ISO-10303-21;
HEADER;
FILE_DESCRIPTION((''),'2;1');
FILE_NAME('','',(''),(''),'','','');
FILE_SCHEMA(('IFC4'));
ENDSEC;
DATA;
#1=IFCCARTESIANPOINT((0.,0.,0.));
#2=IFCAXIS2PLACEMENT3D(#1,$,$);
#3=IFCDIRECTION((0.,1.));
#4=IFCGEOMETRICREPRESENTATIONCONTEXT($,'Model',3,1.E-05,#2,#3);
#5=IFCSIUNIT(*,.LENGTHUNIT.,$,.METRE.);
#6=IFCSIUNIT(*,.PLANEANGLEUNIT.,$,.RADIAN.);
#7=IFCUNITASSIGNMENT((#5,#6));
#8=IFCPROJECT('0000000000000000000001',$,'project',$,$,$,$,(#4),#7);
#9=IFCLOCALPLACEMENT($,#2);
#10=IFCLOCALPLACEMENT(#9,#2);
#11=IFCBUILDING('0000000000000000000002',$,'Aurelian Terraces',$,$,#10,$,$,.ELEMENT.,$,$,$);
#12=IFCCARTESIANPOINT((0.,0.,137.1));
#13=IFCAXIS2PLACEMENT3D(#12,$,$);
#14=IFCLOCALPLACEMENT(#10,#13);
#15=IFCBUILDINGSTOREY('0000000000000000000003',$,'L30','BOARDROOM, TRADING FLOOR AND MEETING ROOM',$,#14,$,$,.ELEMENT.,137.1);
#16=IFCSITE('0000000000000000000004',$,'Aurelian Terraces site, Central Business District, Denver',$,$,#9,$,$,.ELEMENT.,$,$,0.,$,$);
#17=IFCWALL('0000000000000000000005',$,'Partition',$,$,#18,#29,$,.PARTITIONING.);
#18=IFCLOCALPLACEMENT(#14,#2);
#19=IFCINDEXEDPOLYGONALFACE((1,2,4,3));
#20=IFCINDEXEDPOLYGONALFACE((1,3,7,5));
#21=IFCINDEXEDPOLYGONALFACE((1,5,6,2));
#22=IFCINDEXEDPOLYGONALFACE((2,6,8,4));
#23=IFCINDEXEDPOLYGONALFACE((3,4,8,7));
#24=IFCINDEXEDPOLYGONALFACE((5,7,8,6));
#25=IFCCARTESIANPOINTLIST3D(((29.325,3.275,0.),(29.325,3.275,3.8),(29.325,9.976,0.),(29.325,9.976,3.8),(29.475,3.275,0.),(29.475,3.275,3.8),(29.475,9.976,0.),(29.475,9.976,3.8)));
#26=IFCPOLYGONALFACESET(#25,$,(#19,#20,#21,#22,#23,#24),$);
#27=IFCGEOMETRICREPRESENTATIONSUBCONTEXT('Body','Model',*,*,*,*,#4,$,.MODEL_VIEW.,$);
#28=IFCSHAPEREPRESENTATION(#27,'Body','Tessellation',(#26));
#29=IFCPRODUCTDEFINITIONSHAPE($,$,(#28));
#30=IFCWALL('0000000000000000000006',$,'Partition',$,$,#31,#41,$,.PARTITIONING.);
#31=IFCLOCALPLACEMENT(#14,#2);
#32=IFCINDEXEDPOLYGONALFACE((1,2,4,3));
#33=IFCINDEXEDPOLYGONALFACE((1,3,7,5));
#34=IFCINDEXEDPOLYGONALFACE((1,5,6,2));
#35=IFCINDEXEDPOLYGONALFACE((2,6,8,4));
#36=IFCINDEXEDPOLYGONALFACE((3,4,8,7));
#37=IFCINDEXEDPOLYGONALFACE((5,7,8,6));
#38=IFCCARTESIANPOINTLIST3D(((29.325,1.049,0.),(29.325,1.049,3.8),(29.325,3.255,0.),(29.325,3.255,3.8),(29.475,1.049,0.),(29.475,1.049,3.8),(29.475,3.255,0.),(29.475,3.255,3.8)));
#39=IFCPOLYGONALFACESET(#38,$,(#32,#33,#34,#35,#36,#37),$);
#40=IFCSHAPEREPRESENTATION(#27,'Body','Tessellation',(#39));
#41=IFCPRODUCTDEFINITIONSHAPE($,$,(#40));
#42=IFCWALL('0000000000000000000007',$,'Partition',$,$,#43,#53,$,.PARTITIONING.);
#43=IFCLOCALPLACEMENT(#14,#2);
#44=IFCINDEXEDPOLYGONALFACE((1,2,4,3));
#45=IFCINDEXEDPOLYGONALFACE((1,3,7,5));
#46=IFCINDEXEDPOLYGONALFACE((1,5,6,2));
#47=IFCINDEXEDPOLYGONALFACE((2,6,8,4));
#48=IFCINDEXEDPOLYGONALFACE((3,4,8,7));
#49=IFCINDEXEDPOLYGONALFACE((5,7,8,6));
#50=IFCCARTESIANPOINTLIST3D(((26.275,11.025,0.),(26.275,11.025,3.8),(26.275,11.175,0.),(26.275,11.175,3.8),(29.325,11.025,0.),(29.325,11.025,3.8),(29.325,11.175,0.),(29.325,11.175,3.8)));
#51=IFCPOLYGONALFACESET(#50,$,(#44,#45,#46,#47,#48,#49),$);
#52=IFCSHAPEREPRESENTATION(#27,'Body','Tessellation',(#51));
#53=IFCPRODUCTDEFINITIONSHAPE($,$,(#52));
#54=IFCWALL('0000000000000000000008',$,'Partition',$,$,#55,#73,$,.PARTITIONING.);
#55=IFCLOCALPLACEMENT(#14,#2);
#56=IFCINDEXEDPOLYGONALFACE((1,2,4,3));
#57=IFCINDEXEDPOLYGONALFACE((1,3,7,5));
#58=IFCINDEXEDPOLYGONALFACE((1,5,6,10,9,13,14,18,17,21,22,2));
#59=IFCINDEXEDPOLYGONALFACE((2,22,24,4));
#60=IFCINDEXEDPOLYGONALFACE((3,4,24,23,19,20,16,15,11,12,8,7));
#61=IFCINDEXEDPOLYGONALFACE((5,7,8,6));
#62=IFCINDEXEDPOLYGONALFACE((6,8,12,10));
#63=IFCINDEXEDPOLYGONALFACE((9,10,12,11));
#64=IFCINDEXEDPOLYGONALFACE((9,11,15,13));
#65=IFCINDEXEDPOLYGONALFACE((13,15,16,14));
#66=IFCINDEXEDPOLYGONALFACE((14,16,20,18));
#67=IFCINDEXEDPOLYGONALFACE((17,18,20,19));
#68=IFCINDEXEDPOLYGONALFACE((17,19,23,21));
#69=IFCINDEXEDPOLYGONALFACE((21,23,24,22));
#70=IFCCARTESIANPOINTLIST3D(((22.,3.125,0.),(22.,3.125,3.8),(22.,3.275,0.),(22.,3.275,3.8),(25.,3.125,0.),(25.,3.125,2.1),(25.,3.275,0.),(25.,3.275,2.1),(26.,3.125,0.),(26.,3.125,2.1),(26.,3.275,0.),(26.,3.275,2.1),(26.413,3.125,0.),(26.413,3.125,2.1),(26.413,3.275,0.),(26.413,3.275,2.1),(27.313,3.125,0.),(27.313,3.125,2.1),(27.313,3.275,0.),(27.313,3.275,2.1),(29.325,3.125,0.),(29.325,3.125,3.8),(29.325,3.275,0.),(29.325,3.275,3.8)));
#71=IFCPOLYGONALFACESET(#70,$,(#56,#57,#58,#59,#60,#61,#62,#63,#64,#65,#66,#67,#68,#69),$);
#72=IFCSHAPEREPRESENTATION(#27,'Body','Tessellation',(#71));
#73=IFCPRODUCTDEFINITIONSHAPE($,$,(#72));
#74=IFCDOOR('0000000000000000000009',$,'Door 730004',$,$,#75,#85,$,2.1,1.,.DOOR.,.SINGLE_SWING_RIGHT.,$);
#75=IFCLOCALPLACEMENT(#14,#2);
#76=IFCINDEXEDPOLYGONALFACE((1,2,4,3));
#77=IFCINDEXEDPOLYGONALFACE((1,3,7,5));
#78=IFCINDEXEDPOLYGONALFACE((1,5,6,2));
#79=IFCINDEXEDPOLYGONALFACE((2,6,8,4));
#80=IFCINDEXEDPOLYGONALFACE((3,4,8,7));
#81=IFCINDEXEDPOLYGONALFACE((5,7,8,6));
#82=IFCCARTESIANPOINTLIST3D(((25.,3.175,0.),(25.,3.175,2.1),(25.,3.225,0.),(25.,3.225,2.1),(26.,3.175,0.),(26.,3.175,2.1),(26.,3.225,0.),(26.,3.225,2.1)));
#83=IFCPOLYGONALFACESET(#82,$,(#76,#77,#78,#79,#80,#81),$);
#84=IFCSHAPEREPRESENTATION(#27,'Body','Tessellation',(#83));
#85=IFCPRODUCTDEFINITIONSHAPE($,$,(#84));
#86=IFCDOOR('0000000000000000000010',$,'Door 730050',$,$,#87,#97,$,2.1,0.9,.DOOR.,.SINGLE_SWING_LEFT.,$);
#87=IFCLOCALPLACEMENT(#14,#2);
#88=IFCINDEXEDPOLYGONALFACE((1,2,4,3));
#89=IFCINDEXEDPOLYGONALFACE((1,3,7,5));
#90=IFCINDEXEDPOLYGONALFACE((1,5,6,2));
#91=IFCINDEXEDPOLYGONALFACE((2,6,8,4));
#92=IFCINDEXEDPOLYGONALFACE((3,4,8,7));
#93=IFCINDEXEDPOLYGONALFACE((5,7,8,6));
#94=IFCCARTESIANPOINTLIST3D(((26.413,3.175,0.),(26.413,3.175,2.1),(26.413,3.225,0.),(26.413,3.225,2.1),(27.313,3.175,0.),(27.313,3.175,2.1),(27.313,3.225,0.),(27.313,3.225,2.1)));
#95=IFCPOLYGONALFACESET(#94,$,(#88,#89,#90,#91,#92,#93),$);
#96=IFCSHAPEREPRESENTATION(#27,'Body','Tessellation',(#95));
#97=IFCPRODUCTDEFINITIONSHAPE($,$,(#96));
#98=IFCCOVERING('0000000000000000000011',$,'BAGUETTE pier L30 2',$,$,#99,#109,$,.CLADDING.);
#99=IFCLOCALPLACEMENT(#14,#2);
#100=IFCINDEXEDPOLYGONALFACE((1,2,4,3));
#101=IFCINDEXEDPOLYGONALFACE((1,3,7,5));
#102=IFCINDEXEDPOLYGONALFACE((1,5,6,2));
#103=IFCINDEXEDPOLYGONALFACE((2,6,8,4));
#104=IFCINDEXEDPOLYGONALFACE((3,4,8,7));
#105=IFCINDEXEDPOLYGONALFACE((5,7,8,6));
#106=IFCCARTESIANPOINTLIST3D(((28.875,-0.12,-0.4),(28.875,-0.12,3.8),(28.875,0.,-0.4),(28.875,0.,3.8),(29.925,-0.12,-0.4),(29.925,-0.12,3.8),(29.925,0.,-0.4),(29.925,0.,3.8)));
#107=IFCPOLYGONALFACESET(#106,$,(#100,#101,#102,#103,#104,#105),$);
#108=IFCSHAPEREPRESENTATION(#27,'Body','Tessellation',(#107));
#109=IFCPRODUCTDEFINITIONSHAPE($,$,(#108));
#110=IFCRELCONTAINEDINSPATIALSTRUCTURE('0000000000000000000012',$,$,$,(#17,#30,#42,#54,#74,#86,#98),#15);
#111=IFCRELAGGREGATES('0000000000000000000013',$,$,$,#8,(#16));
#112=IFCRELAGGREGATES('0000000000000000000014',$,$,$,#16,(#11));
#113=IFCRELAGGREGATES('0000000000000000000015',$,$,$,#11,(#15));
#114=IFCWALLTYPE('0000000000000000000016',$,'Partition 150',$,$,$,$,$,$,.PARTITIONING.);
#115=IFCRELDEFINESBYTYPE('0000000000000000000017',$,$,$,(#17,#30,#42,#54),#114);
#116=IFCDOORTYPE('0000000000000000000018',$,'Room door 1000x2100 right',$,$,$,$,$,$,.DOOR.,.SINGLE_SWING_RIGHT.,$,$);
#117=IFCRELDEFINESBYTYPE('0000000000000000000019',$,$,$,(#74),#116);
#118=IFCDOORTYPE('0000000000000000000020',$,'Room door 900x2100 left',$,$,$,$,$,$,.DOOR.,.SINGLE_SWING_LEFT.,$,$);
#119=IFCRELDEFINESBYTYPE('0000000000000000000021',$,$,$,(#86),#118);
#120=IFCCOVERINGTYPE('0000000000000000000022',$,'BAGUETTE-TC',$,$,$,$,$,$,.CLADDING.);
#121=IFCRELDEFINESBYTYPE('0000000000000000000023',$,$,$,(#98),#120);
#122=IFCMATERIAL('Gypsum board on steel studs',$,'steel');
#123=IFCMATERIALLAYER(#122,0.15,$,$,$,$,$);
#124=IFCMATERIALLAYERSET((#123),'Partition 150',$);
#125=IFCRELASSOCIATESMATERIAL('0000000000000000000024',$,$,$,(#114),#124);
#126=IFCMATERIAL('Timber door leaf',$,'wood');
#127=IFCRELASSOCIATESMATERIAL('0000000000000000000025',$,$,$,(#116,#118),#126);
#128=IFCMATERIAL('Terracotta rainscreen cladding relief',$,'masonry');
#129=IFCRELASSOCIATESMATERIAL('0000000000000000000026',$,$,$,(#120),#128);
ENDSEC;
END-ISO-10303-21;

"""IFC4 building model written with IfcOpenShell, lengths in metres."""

from ifc_helpers import new_model, si_unit, direction, frame, frame_2d, origin, origin_2d, place, context, subcontext, project, spatial, rectangle, extrude, source, transform, mapped, material, layer, layer_set, type_object, element, fill, save


model = new_model("IFC4")

# Units and contexts
model_context = context("Model", 3, precision=1e-05, world=origin(), true_north=direction((0.0, 1.0)))
body_context = subcontext(model_context, "Body", "Model", "MODEL_VIEW")
ifc_project = project(units=[si_unit("LENGTHUNIT", "METRE"), si_unit("PLANEANGLEUNIT", "RADIAN")], contexts=[model_context])

# Site, building, storey
site_placement = place(None, origin())
site = spatial("IfcSite", under=ifc_project, at=site_placement, Name="Aurelian Terraces site, Central Business District, Denver", CompositionType="ELEMENT", RefElevation=0.0)
building_placement = place(site_placement, origin())
building = spatial("IfcBuilding", under=site, at=building_placement, Name="Aurelian Terraces", CompositionType="ELEMENT")
storey_placement = place(building_placement, frame((0.0, 0.0, 137.1)))
storey = spatial("IfcBuildingStorey", under=building, at=storey_placement, Name="L30", Description="BOARDROOM, TRADING FLOOR AND MEETING ROOM", CompositionType="ELEMENT", Elevation=137.1)

# Shared definitions
ifc_material_1 = material(Name="Timber door leaf", Category="wood")
shared_shape_1 = source(origin(), body_context, "Body", "SweptSolid", [
    extrude(rectangle(XDim=1.0, YDim=2.1, at=frame_2d((0.5, 1.05))), frame((0.0, 0.025, 0.0), z_axis=(0.0, -1.0, 0.0), x_axis=(1.0, 0.0, 0.0)), (0.0, 0.0, 1.0), 0.05),
])

# Walls
ifc_material_2 = material(Name="Gypsum board on steel studs", Category="steel")
ifc_layer_1 = layer(ifc_material_2, 0.15)
ifc_layer_set_1 = layer_set([ifc_layer_1], Name="Partition 150")
wall_type_1 = type_object("IfcWallType", Name="Partition 150", PredefinedType="PARTITIONING", material=ifc_layer_set_1)
shared_shape_2 = source(origin(), body_context, "Body", "SweptSolid", [
    extrude(rectangle(XDim=6.701, YDim=0.15, at=frame_2d((3.3505, 0.0))), origin(), (0.0, 0.0, 1.0), 3.8),
])
wall_1_placement = place(storey_placement, frame((29.4, 3.275, 0.0), z_axis=(0.0, 0.0, 1.0), x_axis=(0.0, 1.0, 0.0)))
element("IfcWall", 1, at=wall_1_placement, inside=storey, type_object=wall_type_1, Name="Partition", PredefinedType="PARTITIONING", context=body_context, shape_type="MappedRepresentation", body=[
    mapped(shared_shape_2, transform((0.0, 0.0, 0.0), scale=1.0)),
])
shared_shape_3 = source(origin(), body_context, "Body", "SweptSolid", [
    extrude(rectangle(XDim=2.206, YDim=0.15, at=frame_2d((1.103, 0.0))), origin(), (0.0, 0.0, 1.0), 3.8),
])
wall_2_placement = place(storey_placement, frame((29.4, 1.049, 0.0), z_axis=(0.0, 0.0, 1.0), x_axis=(0.0, 1.0, 0.0)))
element("IfcWall", 2, at=wall_2_placement, inside=storey, type_object=wall_type_1, Name="Partition", PredefinedType="PARTITIONING", context=body_context, shape_type="MappedRepresentation", body=[
    mapped(shared_shape_3, transform((0.0, 0.0, 0.0), scale=1.0)),
])
shared_shape_4 = source(origin(), body_context, "Body", "SweptSolid", [
    extrude(rectangle(XDim=3.05, YDim=0.15, at=frame_2d((1.525, 0.0))), origin(), (0.0, 0.0, 1.0), 3.8),
])
wall_3_placement = place(storey_placement, frame((29.325, 11.1, 0.0), z_axis=(0.0, 0.0, 1.0), x_axis=(-1.0, 0.0, 0.0)))
element("IfcWall", 3, at=wall_3_placement, inside=storey, type_object=wall_type_1, Name="Partition", PredefinedType="PARTITIONING", context=body_context, shape_type="MappedRepresentation", body=[
    mapped(shared_shape_4, transform((0.0, 0.0, 0.0), scale=1.0)),
])

# Wall, openings, doors
shared_shape_5 = source(origin(), body_context, "Body", "SweptSolid", [
    extrude(rectangle(XDim=7.325, YDim=0.15, at=frame_2d((3.6625, 0.0))), origin(), (0.0, 0.0, 1.0), 3.8),
])
wall_4_placement = place(storey_placement, frame((22.0, 3.2, 0.0), z_axis=(0.0, 0.0, 1.0), x_axis=(1.0, 0.0, 0.0)))
wall_4 = element("IfcWall", 4, at=wall_4_placement, inside=storey, type_object=wall_type_1, Name="Partition", PredefinedType="PARTITIONING", context=body_context, shape_type="MappedRepresentation", body=[
    mapped(shared_shape_5, transform((0.0, 0.0, 0.0), scale=1.0)),
])
shared_shape_6 = source(origin(), body_context, "Body", "SweptSolid", [
    extrude(rectangle(XDim=1.0, YDim=2.1, at=frame_2d((0.5, 1.05))), frame((0.0, 0.085, 0.0), z_axis=(0.0, -1.0, 0.0), x_axis=(1.0, 0.0, 0.0)), (0.0, 0.0, 1.0), 0.17),
])
opening_1_placement = place(wall_4_placement, frame((3.0, 0.0, 0.0)))
opening_1 = element("IfcOpeningElement", 5, at=opening_1_placement, cuts=wall_4, PredefinedType="OPENING", context=body_context, shape_type="MappedRepresentation", body=[
    mapped(shared_shape_6, transform((0.0, 0.0, 0.0), scale=1.0)),
])
shared_shape_7 = source(origin(), body_context, "Body", "SweptSolid", [
    extrude(rectangle(XDim=0.9, YDim=2.1, at=frame_2d((0.45, 1.05))), frame((0.0, 0.085, 0.0), z_axis=(0.0, -1.0, 0.0), x_axis=(1.0, 0.0, 0.0)), (0.0, 0.0, 1.0), 0.17),
])
opening_2_placement = place(wall_4_placement, frame((4.413, 0.0, 0.0)))
opening_2 = element("IfcOpeningElement", 6, at=opening_2_placement, cuts=wall_4, PredefinedType="OPENING", context=body_context, shape_type="MappedRepresentation", body=[
    mapped(shared_shape_7, transform((0.0, 0.0, 0.0), scale=1.0)),
])
door_type_1 = type_object("IfcDoorType", Name="Room door 1000x2100 right", OperationType="SINGLE_SWING_RIGHT", PredefinedType="DOOR", material=ifc_material_1)
door_1_placement = place(opening_1_placement, origin())
door_1 = element("IfcDoor", 7, at=door_1_placement, inside=storey, type_object=door_type_1, Name="Door 730004", OperationType="SINGLE_SWING_RIGHT", OverallHeight=2.1, OverallWidth=1.0, PredefinedType="DOOR", context=body_context, shape_type="MappedRepresentation", body=[
    mapped(shared_shape_1, transform((0.0, 0.0, 0.0), scale=1.0)),
])
fill(opening_1, door_1)
door_type_2 = type_object("IfcDoorType", Name="Room door 900x2100 left", OperationType="SINGLE_SWING_LEFT", PredefinedType="DOOR", material=ifc_material_1)
shared_shape_8 = source(origin(), body_context, "Body", "SweptSolid", [
    extrude(rectangle(XDim=0.9, YDim=2.1, at=frame_2d((0.45, 1.05))), frame((0.0, 0.025, 0.0), z_axis=(0.0, -1.0, 0.0), x_axis=(1.0, 0.0, 0.0)), (0.0, 0.0, 1.0), 0.05),
])
door_2_placement = place(opening_2_placement, origin())
door_2 = element("IfcDoor", 8, at=door_2_placement, inside=storey, type_object=door_type_2, Name="Door 730050", OperationType="SINGLE_SWING_LEFT", OverallHeight=2.1, OverallWidth=0.9, PredefinedType="DOOR", context=body_context, shape_type="MappedRepresentation", body=[
    mapped(shared_shape_8, transform((0.0, 0.0, 0.0), scale=1.0)),
])
fill(opening_2, door_2)

# Covering
ifc_material_3 = material(Name="Terracotta rainscreen cladding relief", Category="masonry")
covering_type = type_object("IfcCoveringType", Name="BAGUETTE-TC", PredefinedType="CLADDING", material=ifc_material_3)
shared_shape_9 = source(origin(), body_context, "Body", "SweptSolid", [
    extrude(rectangle(XDim=1.05, YDim=0.12, at=origin_2d()), origin(), (0.0, 0.0, 1.0), 4.2),
])
covering_placement = place(storey_placement, frame((29.4, -0.06, -0.4), z_axis=(0.0, 0.0, 1.0), x_axis=(1.0, 0.0, 0.0)))
element("IfcCovering", 9, at=covering_placement, inside=storey, type_object=covering_type, Name="BAGUETTE pier L30 2", PredefinedType="CLADDING", context=body_context, shape_type="MappedRepresentation", body=[
    mapped(shared_shape_9, transform((0.0, 0.0, 0.0), scale=1.0)),
])

save(model, "model.ifc")
